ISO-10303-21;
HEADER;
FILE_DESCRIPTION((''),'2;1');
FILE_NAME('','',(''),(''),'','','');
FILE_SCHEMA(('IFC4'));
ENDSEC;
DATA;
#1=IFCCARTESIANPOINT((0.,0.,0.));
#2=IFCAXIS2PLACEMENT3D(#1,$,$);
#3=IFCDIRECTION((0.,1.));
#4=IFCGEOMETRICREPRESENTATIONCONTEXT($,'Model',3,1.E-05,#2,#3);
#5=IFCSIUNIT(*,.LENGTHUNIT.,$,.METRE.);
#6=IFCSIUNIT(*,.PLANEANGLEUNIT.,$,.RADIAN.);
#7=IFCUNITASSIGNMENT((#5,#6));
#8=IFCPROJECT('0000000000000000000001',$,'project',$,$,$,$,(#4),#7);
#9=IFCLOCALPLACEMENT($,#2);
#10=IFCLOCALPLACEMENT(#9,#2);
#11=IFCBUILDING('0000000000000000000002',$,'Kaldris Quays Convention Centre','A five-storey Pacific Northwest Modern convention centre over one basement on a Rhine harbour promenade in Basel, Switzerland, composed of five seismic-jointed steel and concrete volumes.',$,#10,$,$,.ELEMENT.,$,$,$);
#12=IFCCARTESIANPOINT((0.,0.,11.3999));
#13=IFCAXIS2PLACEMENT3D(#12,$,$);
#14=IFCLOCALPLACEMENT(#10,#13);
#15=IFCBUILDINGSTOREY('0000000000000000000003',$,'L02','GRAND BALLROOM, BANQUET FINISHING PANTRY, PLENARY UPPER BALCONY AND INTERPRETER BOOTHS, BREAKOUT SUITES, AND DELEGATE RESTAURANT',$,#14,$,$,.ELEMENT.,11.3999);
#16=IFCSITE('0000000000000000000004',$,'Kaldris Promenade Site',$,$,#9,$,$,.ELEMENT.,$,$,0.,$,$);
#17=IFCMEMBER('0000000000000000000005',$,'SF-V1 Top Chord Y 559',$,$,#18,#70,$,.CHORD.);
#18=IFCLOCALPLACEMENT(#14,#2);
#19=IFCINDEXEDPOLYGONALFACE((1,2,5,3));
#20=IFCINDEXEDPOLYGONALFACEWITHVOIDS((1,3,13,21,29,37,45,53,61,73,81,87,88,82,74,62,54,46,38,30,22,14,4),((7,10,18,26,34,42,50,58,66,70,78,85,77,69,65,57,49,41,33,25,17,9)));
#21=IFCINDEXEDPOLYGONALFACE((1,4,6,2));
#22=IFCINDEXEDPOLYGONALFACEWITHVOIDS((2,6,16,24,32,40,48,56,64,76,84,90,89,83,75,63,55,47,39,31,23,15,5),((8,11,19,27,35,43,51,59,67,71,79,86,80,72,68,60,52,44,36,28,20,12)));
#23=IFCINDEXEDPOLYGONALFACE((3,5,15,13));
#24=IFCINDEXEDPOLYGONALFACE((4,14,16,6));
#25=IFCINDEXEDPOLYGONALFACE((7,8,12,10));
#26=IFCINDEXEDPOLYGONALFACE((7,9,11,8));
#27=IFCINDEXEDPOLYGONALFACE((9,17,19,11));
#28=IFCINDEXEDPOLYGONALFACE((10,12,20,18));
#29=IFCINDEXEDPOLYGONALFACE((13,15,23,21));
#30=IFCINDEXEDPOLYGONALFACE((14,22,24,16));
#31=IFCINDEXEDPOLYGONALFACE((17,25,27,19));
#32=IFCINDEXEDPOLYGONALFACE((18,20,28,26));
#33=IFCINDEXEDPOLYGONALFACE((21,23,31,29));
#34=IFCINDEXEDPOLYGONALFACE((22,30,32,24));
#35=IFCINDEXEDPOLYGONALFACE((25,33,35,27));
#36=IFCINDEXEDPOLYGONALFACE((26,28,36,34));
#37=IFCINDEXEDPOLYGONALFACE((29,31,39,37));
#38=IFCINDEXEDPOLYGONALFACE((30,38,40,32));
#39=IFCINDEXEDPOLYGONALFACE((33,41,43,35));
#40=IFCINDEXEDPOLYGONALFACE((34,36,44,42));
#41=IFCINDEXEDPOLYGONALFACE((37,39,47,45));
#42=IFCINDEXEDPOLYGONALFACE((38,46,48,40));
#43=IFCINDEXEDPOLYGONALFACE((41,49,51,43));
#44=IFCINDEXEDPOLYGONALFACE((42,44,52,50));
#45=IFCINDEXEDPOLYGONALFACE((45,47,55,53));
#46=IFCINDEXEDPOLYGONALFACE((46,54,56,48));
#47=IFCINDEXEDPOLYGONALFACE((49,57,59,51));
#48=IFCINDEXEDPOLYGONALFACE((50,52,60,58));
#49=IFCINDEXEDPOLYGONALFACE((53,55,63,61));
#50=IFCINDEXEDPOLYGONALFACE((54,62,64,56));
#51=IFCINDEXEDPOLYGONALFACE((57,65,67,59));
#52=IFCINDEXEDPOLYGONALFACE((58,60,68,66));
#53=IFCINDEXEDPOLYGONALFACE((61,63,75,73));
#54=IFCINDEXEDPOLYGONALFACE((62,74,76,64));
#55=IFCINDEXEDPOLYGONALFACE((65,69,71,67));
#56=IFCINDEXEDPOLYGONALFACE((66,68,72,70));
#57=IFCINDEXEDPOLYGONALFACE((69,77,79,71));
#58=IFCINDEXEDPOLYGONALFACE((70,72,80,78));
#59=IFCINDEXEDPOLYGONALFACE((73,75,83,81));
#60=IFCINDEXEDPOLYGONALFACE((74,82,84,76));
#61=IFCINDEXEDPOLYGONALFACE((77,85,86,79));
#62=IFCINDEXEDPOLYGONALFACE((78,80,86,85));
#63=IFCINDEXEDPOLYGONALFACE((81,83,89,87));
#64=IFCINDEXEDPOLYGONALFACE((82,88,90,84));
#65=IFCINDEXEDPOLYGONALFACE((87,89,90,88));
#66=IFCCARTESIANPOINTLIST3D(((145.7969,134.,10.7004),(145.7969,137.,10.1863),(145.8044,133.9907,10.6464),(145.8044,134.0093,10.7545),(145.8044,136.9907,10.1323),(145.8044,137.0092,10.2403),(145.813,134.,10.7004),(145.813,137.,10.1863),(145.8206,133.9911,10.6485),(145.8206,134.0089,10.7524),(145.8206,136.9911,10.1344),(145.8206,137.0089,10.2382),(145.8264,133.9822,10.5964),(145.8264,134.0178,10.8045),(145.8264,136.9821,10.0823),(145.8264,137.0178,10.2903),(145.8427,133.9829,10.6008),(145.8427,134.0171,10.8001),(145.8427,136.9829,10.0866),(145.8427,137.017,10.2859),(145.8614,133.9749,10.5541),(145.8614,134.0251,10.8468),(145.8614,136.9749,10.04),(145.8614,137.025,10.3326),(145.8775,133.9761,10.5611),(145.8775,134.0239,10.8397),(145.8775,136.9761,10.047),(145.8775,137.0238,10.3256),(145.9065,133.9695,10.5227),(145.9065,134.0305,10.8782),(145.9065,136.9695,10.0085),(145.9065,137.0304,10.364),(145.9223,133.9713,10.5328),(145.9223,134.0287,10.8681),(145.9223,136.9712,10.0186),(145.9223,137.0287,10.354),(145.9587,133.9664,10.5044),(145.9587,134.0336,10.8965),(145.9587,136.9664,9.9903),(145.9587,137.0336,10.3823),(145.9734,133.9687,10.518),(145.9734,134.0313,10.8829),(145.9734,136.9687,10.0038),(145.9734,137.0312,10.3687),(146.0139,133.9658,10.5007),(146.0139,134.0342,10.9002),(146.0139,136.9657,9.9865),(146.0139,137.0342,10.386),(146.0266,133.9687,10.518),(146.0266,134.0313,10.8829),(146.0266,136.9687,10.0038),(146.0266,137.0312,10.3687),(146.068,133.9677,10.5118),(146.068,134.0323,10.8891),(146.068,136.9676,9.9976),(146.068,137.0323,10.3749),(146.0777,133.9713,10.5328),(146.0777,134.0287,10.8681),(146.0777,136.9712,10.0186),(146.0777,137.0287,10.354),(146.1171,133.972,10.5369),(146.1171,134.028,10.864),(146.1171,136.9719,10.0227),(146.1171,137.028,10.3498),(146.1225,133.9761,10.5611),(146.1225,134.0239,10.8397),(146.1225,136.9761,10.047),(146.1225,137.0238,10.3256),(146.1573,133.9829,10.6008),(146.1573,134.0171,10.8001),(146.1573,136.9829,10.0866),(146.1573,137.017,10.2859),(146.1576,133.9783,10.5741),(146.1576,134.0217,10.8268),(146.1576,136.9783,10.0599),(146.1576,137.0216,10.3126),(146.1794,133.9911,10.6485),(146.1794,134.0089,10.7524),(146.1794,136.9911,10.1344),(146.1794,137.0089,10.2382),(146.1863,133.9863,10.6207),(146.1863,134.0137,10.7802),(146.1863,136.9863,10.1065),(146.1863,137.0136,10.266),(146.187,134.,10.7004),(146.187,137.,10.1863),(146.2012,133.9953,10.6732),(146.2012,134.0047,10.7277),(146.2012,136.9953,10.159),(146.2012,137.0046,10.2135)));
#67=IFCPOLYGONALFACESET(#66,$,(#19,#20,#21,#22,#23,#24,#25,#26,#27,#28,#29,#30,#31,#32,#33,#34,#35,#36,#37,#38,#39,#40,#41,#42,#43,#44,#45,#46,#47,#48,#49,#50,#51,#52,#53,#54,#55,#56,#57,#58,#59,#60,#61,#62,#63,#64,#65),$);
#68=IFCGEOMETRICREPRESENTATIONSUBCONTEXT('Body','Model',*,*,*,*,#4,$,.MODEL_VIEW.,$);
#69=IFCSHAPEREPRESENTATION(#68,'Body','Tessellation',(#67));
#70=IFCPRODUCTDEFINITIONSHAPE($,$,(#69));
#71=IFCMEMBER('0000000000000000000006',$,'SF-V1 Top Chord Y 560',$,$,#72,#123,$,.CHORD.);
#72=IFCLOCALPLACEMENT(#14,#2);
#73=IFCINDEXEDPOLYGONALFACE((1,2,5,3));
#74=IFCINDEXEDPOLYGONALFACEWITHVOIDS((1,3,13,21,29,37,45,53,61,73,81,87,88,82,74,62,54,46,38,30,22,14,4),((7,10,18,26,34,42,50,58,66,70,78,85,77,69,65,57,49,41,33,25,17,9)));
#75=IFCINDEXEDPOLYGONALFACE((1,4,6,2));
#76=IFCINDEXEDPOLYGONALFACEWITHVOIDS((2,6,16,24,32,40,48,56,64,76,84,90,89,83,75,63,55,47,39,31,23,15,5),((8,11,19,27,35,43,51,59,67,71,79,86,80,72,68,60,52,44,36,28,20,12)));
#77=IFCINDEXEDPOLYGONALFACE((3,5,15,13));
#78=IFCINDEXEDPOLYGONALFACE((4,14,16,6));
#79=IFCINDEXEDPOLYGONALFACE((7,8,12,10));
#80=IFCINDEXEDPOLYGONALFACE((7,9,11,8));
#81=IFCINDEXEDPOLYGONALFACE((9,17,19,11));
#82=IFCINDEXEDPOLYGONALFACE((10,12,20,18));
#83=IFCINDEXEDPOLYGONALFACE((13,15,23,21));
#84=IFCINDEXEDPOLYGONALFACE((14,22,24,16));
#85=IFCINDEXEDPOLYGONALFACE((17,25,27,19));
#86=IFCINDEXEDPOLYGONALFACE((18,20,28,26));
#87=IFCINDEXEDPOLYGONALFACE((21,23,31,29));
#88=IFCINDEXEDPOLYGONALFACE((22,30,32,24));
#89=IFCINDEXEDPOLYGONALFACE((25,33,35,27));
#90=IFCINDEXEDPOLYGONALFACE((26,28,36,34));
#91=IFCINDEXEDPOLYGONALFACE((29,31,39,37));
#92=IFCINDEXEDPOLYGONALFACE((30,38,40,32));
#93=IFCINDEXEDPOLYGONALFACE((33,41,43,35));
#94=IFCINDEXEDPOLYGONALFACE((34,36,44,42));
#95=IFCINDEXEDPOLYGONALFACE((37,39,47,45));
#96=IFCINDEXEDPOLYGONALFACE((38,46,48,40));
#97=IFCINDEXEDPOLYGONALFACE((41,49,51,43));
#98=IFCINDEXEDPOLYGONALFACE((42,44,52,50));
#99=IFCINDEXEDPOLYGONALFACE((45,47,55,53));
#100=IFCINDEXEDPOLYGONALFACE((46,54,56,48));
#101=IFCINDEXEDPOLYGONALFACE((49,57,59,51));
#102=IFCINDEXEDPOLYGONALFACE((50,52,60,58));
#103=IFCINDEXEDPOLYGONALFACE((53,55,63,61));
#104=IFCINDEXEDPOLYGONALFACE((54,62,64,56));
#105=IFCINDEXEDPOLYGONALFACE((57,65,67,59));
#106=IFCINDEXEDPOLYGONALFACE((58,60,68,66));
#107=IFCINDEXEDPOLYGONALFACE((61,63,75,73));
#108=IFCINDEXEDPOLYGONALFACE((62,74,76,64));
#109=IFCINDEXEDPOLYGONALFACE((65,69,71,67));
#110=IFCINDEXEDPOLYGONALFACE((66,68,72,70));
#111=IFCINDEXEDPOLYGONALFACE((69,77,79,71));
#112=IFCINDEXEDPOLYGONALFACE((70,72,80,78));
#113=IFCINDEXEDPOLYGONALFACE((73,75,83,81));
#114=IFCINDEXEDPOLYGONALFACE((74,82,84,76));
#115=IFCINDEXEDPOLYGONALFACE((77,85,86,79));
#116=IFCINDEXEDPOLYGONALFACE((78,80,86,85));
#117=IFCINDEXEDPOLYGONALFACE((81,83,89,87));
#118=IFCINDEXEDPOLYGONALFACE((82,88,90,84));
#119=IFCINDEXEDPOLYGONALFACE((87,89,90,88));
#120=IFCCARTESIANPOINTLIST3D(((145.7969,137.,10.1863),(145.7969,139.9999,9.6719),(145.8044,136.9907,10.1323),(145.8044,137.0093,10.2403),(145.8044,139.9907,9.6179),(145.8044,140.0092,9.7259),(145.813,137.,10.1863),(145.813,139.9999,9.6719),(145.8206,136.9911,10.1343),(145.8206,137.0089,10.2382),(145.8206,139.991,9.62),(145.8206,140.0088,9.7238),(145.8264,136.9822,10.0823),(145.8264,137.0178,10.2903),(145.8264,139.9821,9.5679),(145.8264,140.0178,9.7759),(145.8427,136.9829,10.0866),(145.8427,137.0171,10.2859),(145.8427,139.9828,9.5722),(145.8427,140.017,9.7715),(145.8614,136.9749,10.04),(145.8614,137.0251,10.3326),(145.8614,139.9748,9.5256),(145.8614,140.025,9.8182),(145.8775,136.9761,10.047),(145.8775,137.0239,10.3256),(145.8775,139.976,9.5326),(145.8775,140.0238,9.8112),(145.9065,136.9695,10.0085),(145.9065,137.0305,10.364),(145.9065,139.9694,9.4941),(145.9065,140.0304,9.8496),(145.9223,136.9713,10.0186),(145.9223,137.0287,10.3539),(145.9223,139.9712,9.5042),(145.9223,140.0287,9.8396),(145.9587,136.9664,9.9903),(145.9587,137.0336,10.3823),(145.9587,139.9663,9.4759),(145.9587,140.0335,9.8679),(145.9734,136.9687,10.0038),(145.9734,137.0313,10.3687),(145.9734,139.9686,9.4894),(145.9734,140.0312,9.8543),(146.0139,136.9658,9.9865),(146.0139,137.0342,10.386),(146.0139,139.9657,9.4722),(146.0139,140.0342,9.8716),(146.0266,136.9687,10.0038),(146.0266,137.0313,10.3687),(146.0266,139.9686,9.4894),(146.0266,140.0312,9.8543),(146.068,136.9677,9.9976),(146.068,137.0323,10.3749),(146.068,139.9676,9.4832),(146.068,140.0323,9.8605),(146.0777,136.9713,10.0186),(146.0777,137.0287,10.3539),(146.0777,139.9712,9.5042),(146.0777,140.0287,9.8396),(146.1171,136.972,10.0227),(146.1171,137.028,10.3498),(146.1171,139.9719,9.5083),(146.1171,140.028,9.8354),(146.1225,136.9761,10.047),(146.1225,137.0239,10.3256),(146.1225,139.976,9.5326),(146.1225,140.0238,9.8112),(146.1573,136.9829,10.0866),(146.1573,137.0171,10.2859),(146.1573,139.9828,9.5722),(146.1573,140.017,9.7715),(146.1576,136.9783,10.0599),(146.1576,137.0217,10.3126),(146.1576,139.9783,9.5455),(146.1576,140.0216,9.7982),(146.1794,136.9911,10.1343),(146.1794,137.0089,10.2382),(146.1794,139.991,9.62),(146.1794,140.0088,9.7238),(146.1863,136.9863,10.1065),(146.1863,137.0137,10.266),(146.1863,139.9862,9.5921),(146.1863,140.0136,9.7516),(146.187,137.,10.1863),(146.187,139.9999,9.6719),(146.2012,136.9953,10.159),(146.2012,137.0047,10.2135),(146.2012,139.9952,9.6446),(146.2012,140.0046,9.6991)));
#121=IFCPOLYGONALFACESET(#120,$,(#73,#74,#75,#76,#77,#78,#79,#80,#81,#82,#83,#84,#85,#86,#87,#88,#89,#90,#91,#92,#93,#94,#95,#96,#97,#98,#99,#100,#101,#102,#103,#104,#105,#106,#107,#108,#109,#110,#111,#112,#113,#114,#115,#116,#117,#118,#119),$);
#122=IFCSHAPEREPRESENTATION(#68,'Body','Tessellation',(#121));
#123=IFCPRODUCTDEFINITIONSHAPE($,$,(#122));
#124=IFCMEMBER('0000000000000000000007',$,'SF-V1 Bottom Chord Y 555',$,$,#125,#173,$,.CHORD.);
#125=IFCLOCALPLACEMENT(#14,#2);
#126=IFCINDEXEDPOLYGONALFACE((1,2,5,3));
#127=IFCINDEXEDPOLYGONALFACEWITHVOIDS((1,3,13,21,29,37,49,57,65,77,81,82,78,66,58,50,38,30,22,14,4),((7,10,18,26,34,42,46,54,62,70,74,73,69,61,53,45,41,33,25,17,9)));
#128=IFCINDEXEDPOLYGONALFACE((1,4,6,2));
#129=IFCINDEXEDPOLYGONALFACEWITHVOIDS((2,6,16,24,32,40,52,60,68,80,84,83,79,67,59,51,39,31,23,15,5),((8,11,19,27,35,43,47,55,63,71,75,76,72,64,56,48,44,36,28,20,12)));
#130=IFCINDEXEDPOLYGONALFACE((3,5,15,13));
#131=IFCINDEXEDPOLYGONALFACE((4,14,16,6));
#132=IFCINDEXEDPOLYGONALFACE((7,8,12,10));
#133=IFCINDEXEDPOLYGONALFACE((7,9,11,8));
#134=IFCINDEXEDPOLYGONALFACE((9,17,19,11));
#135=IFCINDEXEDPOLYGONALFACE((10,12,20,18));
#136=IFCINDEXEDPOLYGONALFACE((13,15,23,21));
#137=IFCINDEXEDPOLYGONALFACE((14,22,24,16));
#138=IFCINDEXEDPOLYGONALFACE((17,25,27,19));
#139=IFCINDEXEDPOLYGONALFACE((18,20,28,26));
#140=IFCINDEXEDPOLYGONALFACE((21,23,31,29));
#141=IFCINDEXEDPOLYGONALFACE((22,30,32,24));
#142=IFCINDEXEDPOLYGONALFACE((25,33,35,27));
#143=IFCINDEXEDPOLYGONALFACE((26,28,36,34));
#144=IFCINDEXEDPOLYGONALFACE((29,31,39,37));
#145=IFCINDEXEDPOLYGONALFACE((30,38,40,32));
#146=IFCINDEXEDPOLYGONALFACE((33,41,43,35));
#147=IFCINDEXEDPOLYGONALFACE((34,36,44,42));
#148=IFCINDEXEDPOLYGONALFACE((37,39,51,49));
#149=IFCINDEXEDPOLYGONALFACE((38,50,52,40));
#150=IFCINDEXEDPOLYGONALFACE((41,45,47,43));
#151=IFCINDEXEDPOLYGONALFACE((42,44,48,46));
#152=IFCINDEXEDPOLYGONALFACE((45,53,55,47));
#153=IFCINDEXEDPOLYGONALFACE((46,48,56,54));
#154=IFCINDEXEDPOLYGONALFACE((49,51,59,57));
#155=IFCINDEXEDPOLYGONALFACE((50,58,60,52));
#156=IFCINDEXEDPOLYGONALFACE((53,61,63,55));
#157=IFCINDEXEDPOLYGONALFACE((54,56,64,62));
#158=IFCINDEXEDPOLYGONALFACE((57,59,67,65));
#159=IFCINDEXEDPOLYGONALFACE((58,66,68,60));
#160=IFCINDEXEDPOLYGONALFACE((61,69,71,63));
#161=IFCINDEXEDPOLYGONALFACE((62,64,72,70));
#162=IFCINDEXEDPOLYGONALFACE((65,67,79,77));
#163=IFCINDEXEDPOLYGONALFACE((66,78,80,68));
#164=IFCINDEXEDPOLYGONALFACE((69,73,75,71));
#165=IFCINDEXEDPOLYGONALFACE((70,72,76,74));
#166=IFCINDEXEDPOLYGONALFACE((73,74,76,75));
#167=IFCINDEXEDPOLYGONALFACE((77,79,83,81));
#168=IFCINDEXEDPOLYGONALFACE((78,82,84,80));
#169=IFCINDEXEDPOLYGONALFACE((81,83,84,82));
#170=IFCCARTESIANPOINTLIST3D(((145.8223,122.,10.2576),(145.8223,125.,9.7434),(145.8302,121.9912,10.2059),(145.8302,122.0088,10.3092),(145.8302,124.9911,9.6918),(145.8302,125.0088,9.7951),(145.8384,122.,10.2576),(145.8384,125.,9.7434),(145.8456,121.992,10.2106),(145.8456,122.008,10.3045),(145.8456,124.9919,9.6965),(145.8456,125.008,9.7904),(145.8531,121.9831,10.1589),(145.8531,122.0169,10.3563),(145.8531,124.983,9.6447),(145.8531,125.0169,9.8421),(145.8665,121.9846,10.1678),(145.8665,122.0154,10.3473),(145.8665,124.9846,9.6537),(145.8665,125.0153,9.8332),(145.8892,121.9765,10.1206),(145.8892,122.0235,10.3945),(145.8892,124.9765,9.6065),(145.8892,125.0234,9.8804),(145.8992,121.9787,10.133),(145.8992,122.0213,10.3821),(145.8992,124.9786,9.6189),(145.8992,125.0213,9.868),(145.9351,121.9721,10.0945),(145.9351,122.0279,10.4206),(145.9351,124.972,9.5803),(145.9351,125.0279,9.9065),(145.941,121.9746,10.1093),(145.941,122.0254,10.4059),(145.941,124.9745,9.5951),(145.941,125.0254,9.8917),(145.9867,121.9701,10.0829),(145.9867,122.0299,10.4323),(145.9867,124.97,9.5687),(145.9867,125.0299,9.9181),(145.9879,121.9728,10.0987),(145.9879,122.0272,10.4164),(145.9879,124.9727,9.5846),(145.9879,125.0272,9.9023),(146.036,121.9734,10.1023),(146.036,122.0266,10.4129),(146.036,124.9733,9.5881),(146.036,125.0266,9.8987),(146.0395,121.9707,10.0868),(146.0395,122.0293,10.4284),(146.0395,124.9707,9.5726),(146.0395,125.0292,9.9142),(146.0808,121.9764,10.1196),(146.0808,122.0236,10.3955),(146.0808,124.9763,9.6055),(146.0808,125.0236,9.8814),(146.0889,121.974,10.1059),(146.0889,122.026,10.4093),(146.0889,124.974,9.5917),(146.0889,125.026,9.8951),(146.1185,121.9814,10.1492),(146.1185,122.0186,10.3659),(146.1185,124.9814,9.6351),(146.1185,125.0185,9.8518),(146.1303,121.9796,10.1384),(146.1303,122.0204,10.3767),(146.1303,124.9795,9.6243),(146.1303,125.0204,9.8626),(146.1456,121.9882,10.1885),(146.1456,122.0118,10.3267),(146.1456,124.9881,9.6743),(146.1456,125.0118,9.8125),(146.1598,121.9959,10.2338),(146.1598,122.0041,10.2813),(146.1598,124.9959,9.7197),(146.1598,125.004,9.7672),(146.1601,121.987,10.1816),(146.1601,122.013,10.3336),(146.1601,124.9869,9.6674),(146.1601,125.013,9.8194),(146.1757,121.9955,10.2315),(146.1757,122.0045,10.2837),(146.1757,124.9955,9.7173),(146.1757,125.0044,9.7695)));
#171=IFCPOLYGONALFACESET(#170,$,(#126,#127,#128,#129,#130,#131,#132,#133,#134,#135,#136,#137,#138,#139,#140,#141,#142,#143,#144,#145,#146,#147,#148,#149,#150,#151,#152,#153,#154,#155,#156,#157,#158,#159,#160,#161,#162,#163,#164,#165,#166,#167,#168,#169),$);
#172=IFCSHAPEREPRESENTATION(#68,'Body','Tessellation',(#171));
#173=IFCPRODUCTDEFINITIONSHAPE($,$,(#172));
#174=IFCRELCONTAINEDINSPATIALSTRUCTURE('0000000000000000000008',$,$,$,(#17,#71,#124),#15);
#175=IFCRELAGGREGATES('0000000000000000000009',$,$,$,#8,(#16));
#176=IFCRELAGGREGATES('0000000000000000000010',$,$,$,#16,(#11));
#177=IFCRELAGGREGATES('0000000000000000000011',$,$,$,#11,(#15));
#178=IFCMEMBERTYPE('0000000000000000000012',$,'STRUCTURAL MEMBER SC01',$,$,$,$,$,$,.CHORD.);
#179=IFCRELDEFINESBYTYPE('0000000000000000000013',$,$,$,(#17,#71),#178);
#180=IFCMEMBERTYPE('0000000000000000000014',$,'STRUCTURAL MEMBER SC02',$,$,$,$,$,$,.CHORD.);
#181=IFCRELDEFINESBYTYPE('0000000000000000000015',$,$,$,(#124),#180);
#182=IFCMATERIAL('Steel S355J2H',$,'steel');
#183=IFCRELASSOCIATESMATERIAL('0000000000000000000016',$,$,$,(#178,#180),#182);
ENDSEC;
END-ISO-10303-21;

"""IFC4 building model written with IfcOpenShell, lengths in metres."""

from ifc_helpers import new_model, si_unit, direction, frame, origin, origin_2d, place, context, subcontext, project, spatial, hollow_circle, extrude, material, material_profile, profile_set, type_object, element, save


model = new_model("IFC4")

# Units and contexts
model_context = context("Model", 3, precision=1e-05, world=origin(), true_north=direction((0.0, 1.0)))
body_context = subcontext(model_context, "Body", "Model", "MODEL_VIEW")
ifc_project = project(units=[si_unit("LENGTHUNIT", "METRE"), si_unit("PLANEANGLEUNIT", "RADIAN")], contexts=[model_context])

# Site, building, storey
site_placement = place(None, origin())
site = spatial("IfcSite", under=ifc_project, at=site_placement, Name="Kaldris Promenade Site", CompositionType="ELEMENT", RefElevation=0.0)
building_placement = place(site_placement, origin())
building = spatial("IfcBuilding", under=site, at=building_placement, Name="Kaldris Quays Convention Centre", Description="A five-storey Pacific Northwest Modern convention centre over one basement on a Rhine harbour promenade in Basel, Switzerland, composed of five seismic-jointed steel and concrete volumes.", CompositionType="ELEMENT")
storey_placement = place(building_placement, frame((0.0, 0.0, 11.3999)))
storey = spatial("IfcBuildingStorey", under=building, at=storey_placement, Name="L02", Description="GRAND BALLROOM, BANQUET FINISHING PANTRY, PLENARY UPPER BALCONY AND INTERPRETER BOOTHS, BREAKOUT SUITES, AND DELEGATE RESTAURANT", CompositionType="ELEMENT", Elevation=11.3999)

# Members
ifc_material_1 = material(Name="Steel S355J2H", Category="steel")
ifc_material_profile_1 = material_profile(ifc_material_1, hollow_circle(Radius=0.2031, WallThickness=0.0161, at=origin_2d()), Name="CHS 406.4x16")
ifc_profile_set_1 = profile_set([ifc_material_profile_1], Name="Steel S355J2H")
member_type_1 = type_object("IfcMemberType", Name="STRUCTURAL MEMBER SC01", PredefinedType="CHORD", material=ifc_profile_set_1)
for number, where, z_axis, x_axis, name in (
    (1, (146.0, 134.0, 10.7004), (0.0, 0.985629, -0.168924), (-1.0, 0.0, 0.0), "SF-V1 Top Chord Y 559"),
    (2, (146.0, 137.0, 10.1863), (0.0, 0.985616, -0.169002), (-1.0, 0.0, 0.0), "SF-V1 Top Chord Y 560"),
):
    element("IfcMember", number, at=place(storey_placement, frame(where, z_axis=z_axis, x_axis=x_axis)), inside=storey, type_object=member_type_1, Name=name, PredefinedType="CHORD", context=body_context, shape_type="SweptSolid", body=[
        extrude(hollow_circle(Radius=0.2031, WallThickness=0.0161, at=origin_2d()), origin(), (0.0, 0.0, 1.0), 3.0437),
    ])
ifc_material_profile_2 = material_profile(ifc_material_1, hollow_circle(Radius=0.1777, WallThickness=0.0161, at=origin_2d()), Name="CHS 355.6x16")
ifc_profile_set_2 = profile_set([ifc_material_profile_2], Name="Steel S355J2H")
member_type_2 = type_object("IfcMemberType", Name="STRUCTURAL MEMBER SC02", PredefinedType="CHORD", material=ifc_profile_set_2)
for number, where, z_axis, x_axis, name in (
    (3, (146.0, 122.0, 10.2576), (0.0, 0.985629, -0.168924), (-1.0, 0.0, 0.0), "SF-V1 Bottom Chord Y 555"),
):
    element("IfcMember", number, at=place(storey_placement, frame(where, z_axis=z_axis, x_axis=x_axis)), inside=storey, type_object=member_type_2, Name=name, PredefinedType="CHORD", context=body_context, shape_type="SweptSolid", body=[
        extrude(hollow_circle(Radius=0.1777, WallThickness=0.0161, at=origin_2d()), origin(), (0.0, 0.0, 1.0), 3.0437),
    ])

save(model, "model.ifc")
